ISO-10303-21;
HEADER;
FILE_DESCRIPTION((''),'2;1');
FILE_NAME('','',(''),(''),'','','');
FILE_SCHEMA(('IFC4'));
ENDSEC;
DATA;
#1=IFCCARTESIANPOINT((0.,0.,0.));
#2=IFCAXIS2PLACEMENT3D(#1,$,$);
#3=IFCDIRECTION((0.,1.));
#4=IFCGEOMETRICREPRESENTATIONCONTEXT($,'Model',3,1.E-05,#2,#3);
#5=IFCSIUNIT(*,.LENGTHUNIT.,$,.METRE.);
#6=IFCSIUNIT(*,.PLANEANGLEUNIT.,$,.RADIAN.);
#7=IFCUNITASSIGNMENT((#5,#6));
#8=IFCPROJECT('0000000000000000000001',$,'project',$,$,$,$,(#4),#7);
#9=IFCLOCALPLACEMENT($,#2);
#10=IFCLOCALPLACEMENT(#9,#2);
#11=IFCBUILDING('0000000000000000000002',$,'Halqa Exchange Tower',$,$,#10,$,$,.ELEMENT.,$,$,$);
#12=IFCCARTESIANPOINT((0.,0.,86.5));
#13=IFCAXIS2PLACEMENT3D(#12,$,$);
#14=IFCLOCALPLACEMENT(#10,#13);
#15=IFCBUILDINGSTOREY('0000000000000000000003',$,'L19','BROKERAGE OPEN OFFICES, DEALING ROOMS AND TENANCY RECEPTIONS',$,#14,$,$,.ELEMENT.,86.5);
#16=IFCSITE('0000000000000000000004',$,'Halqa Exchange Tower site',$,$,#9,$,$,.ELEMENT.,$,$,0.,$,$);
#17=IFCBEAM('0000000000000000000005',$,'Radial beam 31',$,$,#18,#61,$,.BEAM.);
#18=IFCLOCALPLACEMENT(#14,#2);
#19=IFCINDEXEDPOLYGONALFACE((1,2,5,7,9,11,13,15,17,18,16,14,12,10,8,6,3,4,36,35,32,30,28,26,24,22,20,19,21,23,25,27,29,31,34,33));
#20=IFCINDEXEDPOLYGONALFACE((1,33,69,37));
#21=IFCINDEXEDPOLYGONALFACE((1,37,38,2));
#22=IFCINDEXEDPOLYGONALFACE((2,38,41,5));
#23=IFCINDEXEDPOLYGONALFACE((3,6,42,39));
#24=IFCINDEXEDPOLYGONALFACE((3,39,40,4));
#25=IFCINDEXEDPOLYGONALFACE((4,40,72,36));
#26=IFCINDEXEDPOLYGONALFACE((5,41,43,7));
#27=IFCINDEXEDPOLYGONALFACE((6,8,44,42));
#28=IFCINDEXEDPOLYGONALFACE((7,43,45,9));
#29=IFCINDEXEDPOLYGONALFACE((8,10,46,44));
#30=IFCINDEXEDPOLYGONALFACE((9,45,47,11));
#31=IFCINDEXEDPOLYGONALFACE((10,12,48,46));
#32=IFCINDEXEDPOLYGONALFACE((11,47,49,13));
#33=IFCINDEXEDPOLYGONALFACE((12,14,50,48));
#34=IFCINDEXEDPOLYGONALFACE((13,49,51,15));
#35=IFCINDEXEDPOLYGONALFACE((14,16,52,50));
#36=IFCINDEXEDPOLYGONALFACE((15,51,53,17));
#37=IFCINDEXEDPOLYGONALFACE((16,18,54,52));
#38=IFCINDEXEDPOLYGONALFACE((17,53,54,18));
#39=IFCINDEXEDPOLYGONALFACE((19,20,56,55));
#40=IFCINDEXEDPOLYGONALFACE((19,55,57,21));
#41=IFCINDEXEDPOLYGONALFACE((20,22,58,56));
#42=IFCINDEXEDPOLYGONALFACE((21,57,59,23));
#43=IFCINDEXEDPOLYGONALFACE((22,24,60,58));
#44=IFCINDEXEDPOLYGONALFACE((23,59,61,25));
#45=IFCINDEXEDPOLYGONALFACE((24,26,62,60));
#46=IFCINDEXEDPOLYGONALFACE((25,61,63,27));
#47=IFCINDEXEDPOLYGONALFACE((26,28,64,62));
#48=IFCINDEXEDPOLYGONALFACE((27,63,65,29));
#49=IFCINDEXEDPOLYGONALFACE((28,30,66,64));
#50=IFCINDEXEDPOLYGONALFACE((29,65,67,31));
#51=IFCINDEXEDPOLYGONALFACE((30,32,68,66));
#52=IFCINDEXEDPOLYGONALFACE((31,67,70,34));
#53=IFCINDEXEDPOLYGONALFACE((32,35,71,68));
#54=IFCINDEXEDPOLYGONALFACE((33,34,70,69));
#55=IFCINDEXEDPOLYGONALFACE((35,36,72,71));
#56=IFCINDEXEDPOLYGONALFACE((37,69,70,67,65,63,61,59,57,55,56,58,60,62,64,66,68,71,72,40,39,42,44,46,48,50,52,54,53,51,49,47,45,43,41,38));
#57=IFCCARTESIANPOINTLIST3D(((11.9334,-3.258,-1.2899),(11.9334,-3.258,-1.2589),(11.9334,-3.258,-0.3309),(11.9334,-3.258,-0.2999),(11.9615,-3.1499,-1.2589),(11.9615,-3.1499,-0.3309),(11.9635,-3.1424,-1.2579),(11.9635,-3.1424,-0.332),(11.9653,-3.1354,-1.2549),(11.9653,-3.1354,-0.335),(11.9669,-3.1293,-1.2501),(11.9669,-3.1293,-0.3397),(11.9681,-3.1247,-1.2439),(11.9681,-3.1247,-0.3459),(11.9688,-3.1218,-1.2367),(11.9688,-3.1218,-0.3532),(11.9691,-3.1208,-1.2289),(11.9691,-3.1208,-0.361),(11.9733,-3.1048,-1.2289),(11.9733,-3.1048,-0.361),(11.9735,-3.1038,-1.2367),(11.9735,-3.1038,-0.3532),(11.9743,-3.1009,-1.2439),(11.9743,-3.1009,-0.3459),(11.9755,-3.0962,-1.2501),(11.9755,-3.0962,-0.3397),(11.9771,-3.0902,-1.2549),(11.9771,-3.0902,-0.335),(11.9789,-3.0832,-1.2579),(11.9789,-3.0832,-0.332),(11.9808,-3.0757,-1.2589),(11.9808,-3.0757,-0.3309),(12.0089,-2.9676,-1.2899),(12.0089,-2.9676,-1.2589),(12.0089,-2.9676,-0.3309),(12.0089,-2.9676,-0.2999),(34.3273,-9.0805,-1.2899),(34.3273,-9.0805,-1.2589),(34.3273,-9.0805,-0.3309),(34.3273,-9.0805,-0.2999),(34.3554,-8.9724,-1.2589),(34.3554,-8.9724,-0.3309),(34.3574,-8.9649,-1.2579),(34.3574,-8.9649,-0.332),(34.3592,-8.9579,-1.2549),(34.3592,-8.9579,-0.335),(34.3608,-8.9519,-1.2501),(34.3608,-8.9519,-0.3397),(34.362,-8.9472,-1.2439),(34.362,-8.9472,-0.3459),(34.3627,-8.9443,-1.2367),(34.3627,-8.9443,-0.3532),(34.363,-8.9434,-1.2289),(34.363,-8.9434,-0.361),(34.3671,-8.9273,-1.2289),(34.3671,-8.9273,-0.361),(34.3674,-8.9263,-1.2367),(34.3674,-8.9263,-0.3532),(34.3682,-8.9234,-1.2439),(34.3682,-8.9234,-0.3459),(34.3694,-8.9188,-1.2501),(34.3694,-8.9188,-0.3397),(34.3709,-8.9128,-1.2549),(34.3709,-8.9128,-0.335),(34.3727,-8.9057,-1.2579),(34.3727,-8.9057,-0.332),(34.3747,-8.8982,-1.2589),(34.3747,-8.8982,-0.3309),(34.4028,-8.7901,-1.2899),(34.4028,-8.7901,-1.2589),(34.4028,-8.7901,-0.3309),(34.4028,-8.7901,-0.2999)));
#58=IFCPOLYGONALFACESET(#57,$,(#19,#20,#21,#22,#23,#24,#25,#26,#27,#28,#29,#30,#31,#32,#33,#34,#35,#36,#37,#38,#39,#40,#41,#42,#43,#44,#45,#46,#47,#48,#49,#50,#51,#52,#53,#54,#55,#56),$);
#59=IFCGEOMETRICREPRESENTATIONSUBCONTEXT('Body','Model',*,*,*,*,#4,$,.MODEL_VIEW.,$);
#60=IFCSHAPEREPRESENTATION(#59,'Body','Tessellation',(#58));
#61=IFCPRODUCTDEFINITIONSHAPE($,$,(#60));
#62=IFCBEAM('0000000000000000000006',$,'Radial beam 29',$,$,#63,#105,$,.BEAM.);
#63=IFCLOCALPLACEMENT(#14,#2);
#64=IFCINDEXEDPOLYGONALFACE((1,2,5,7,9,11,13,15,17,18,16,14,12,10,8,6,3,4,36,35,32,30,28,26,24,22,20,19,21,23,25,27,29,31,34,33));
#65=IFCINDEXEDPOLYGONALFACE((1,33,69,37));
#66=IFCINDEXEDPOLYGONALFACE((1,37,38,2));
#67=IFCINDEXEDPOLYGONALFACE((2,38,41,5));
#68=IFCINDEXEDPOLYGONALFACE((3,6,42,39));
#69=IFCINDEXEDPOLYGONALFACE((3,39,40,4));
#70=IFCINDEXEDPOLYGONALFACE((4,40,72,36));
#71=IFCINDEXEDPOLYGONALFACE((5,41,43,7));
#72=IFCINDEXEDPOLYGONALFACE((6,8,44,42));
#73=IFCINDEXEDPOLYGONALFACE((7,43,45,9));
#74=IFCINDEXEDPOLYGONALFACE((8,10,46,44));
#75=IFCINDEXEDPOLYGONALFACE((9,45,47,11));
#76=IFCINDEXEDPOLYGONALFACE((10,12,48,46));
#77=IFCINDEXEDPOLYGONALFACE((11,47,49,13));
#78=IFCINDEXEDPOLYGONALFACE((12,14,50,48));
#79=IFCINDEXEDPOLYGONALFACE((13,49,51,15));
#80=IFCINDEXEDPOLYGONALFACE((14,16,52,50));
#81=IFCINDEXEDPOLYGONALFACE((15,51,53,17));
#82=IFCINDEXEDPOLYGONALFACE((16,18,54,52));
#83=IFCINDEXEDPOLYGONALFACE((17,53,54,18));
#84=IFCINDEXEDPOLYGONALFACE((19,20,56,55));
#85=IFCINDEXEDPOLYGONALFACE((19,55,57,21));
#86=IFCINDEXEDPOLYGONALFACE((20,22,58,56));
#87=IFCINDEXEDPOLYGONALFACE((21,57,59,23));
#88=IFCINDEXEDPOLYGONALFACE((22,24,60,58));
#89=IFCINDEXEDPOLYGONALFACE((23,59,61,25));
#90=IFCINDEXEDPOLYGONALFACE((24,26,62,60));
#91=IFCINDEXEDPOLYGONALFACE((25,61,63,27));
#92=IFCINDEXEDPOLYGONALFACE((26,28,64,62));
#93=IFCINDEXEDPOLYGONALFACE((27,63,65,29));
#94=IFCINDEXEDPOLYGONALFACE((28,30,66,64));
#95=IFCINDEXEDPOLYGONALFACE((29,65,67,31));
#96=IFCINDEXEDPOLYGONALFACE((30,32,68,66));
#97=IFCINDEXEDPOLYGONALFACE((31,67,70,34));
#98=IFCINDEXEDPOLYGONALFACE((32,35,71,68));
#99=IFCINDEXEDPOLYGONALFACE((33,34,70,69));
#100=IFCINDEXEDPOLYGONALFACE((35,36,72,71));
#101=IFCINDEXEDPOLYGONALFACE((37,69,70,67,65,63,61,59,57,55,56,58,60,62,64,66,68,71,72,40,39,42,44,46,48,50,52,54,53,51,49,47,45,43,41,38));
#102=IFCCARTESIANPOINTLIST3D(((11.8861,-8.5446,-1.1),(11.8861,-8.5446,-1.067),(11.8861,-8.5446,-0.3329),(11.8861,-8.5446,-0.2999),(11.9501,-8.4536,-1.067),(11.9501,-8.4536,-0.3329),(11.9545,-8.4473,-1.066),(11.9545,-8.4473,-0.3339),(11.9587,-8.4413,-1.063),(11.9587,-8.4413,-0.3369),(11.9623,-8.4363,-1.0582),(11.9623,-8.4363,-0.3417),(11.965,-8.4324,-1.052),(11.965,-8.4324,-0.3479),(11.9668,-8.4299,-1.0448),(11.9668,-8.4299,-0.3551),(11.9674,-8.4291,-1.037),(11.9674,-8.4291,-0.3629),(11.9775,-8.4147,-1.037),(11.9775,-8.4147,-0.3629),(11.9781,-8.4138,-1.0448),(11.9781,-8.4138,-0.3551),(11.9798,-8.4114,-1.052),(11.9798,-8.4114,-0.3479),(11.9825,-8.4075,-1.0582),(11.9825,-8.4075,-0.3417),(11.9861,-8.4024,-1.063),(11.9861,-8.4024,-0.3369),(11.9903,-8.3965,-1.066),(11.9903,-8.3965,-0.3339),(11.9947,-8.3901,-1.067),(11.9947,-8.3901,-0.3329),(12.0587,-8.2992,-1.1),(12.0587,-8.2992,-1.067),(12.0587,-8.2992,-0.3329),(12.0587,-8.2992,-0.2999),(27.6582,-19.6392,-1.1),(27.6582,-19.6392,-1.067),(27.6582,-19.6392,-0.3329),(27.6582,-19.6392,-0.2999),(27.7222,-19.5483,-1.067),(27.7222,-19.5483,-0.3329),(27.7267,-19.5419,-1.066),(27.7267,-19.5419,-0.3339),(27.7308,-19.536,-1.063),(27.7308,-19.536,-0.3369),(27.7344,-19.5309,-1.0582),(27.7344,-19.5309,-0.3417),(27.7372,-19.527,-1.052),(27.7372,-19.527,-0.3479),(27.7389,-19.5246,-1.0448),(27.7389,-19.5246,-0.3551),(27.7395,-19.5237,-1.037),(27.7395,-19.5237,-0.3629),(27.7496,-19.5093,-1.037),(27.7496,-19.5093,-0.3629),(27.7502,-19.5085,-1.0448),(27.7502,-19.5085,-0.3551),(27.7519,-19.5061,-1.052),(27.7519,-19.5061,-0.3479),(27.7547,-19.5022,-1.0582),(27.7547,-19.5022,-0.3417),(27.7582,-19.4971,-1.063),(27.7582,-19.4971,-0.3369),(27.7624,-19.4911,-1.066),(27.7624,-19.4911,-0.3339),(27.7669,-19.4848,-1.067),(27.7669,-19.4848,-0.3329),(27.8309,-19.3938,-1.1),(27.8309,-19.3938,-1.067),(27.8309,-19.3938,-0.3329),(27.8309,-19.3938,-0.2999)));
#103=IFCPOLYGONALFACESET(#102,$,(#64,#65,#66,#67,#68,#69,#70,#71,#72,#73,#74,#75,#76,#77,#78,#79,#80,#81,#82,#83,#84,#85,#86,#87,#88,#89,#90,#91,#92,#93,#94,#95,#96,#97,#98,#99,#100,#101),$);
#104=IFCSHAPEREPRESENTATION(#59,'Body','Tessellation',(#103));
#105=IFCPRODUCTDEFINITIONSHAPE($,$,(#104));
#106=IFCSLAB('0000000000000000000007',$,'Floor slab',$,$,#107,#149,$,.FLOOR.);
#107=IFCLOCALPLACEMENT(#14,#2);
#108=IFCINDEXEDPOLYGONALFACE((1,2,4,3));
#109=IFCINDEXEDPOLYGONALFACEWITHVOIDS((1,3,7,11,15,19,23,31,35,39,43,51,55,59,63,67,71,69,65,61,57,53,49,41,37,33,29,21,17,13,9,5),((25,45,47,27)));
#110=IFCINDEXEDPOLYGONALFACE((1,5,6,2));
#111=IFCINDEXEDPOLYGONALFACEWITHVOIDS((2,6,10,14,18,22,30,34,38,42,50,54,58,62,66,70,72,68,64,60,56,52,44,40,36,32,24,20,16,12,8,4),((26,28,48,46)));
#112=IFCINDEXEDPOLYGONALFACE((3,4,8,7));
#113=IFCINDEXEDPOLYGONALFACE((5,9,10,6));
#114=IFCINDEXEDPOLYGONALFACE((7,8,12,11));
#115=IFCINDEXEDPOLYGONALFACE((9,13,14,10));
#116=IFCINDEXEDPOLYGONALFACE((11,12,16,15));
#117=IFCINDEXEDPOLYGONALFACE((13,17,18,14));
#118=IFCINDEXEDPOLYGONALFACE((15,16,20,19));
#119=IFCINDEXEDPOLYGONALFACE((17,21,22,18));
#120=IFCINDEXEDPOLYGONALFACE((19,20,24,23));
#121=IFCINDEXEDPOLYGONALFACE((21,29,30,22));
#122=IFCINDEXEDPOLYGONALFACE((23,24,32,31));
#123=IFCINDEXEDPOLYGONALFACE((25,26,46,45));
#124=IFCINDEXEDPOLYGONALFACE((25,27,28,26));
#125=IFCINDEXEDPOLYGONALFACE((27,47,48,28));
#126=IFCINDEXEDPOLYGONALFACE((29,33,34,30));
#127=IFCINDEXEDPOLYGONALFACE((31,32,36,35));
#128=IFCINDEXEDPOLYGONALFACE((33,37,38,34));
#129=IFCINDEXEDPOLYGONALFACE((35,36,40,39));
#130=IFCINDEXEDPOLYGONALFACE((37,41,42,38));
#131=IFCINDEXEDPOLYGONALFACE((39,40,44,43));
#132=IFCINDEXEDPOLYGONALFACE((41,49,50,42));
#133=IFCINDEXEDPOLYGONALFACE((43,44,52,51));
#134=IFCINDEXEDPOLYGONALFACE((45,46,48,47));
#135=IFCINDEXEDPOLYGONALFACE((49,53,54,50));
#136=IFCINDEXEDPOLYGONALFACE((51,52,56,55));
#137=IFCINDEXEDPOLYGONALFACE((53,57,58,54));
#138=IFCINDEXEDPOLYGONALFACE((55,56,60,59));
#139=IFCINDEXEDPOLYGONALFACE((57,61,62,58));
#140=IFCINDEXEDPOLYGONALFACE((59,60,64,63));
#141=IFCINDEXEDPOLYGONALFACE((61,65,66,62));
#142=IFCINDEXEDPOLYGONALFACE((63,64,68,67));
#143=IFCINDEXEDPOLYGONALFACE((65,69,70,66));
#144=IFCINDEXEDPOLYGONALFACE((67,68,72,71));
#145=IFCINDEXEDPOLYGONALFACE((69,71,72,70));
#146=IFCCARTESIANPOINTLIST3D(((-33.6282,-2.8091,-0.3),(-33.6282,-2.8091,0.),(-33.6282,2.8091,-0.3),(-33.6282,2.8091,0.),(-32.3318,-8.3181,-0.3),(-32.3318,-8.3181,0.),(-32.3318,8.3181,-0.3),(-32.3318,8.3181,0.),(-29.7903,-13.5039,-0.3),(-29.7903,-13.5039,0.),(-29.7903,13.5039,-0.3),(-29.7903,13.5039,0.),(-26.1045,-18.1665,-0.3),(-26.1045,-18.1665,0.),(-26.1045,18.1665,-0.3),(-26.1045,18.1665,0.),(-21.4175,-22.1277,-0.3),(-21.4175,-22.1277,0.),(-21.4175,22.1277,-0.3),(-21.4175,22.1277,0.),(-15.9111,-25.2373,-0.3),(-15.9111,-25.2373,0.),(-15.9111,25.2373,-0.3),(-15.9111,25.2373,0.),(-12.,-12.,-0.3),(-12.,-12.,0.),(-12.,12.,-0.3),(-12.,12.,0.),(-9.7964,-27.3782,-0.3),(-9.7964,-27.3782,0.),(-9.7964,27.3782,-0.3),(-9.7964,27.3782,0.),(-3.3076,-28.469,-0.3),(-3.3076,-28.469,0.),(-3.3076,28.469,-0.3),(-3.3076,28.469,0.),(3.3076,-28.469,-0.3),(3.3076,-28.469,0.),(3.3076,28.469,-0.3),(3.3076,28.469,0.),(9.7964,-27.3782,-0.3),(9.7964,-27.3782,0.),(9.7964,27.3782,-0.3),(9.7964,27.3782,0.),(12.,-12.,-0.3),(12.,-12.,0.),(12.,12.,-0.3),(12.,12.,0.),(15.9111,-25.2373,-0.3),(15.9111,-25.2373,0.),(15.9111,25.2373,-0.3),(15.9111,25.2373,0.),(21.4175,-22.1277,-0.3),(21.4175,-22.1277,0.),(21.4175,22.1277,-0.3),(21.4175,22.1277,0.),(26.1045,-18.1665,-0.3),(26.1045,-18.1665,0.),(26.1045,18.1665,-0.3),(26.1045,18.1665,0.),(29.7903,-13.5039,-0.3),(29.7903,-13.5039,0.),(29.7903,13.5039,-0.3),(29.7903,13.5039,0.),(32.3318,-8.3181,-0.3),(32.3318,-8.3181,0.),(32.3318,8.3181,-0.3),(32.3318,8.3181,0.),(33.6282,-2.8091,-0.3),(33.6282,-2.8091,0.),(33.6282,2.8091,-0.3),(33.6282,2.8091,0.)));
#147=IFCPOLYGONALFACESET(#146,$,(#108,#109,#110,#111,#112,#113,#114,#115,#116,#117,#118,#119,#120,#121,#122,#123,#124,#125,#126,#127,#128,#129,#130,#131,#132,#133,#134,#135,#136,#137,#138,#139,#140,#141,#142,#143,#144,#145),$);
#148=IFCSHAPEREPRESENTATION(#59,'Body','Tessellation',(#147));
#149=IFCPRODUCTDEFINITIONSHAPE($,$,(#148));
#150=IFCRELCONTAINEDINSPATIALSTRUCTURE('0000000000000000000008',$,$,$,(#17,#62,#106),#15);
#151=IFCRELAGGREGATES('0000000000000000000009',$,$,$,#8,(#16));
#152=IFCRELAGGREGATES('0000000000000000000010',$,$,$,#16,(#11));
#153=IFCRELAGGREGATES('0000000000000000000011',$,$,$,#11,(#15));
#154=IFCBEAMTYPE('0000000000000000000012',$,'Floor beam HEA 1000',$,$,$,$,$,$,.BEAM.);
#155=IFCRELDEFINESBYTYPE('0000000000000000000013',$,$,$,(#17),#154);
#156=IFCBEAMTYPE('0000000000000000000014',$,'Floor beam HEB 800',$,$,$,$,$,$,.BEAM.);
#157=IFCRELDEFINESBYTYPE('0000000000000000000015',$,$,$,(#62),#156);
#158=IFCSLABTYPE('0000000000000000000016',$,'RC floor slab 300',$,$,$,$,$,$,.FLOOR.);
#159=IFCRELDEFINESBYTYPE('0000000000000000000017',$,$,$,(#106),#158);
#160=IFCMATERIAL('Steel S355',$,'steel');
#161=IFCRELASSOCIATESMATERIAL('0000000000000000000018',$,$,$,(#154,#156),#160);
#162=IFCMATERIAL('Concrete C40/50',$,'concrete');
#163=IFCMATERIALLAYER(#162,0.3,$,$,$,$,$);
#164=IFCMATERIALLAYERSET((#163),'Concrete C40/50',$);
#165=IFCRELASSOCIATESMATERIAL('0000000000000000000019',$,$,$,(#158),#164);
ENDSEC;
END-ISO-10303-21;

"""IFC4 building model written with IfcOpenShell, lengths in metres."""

from ifc_helpers import new_model, si_unit, direction, frame, origin, origin_2d, place, context, subcontext, project, spatial, polyline, i_section, outline, extrude, material, layer, layer_set, material_profile, profile_set, type_object, element, save


model = new_model("IFC4")

# Units and contexts
model_context = context("Model", 3, precision=1e-05, world=origin(), true_north=direction((0.0, 1.0)))
body_context = subcontext(model_context, "Body", "Model", "MODEL_VIEW")
ifc_project = project(units=[si_unit("LENGTHUNIT", "METRE"), si_unit("PLANEANGLEUNIT", "RADIAN")], contexts=[model_context])

# Site, building, storey
site_placement = place(None, origin())
site = spatial("IfcSite", under=ifc_project, at=site_placement, Name="Halqa Exchange Tower site", CompositionType="ELEMENT", RefElevation=0.0)
building_placement = place(site_placement, origin())
building = spatial("IfcBuilding", under=site, at=building_placement, Name="Halqa Exchange Tower", CompositionType="ELEMENT")
storey_placement = place(building_placement, frame((0.0, 0.0, 86.5)))
storey = spatial("IfcBuildingStorey", under=building, at=storey_placement, Name="L19", Description="BROKERAGE OPEN OFFICES, DEALING ROOMS AND TENANCY RECEPTIONS", CompositionType="ELEMENT", Elevation=86.5)

# Beams
ifc_material_1 = material(Name="Steel S355", Category="steel")
ifc_material_profile_1 = material_profile(ifc_material_1, i_section(OverallWidth=0.3, OverallDepth=0.99, WebThickness=0.0166, FlangeThickness=0.031, FilletRadius=0.03, at=origin_2d()), Name="HEA 1000")
ifc_profile_set_1 = profile_set([ifc_material_profile_1], Name="Steel S355")
beam_type_1 = type_object("IfcBeamType", Name="Floor beam HEA 1000", PredefinedType="BEAM", material=ifc_profile_set_1)
beam_1_placement = place(storey_placement, frame((11.9712, -3.1128, -0.7949), z_axis=(0.967821, -0.251639, 0.0), x_axis=(0.251639, 0.967821, 0.0)))
element("IfcBeam", 1, at=beam_1_placement, inside=storey, type_object=beam_type_1, Name="Radial beam 31", PredefinedType="BEAM", context=body_context, shape_type="SweptSolid", body=[
    extrude(i_section(OverallWidth=0.3, OverallDepth=0.99, WebThickness=0.0166, FlangeThickness=0.031, FilletRadius=0.03, at=origin_2d()), origin(), (0.0, 0.0, 1.0), 23.1384),
])
ifc_material_profile_2 = material_profile(ifc_material_1, i_section(OverallWidth=0.3, OverallDepth=0.8, WebThickness=0.0176, FlangeThickness=0.033, FilletRadius=0.03, at=origin_2d()), Name="HEB 800")
ifc_profile_set_2 = profile_set([ifc_material_profile_2], Name="Steel S355")
beam_type_2 = type_object("IfcBeamType", Name="Floor beam HEB 800", PredefinedType="BEAM", material=ifc_profile_set_2)
beam_2_placement = place(storey_placement, frame((11.9724, -8.4219, -0.7), z_axis=(0.81791, -0.575346, 0.0), x_axis=(0.575346, 0.81791, 0.0)))
element("IfcBeam", 2, at=beam_2_placement, inside=storey, type_object=beam_type_2, Name="Radial beam 29", PredefinedType="BEAM", context=body_context, shape_type="SweptSolid", body=[
    extrude(i_section(OverallWidth=0.3, OverallDepth=0.8, WebThickness=0.0176, FlangeThickness=0.033, FilletRadius=0.03, at=origin_2d()), origin(), (0.0, 0.0, 1.0), 19.2834),
])

# Slab
ifc_material_2 = material(Name="Concrete C40/50", Category="concrete")
ifc_layer_1 = layer(ifc_material_2, 0.3)
ifc_layer_set_1 = layer_set([ifc_layer_1], Name="Concrete C40/50")
slab_type_1 = type_object("IfcSlabType", Name="RC floor slab 300", PredefinedType="FLOOR", material=ifc_layer_set_1)
slab_1_placement = place(storey_placement, frame((0.0, 0.0, -0.3)))
element("IfcSlab", 3, at=slab_1_placement, inside=storey, type_object=slab_type_1, Name="Floor slab", PredefinedType="FLOOR", context=body_context, shape_type="SweptSolid", body=[
    extrude(outline(polyline([(33.6282, 2.8091), (32.3318, 8.3181), (29.7903, 13.5039), (26.1045, 18.1665), (21.4175, 22.1277), (15.9111, 25.2373), (9.7964, 27.3782), (3.3076, 28.469), (-3.3076, 28.469), (-9.7964, 27.3782), (-15.9111, 25.2373), (-21.4175, 22.1277), (-26.1045, 18.1665), (-29.7903, 13.5039), (-32.3318, 8.3181), (-33.6282, 2.8091), (-33.6282, -2.8091), (-32.3318, -8.3181), (-29.7903, -13.5039), (-26.1045, -18.1665), (-21.4175, -22.1277), (-15.9111, -25.2373), (-9.7964, -27.3782), (-3.3076, -28.469), (3.3076, -28.469), (9.7964, -27.3782), (15.9111, -25.2373), (21.4175, -22.1277), (26.1045, -18.1665), (29.7903, -13.5039), (32.3318, -8.3181), (33.6282, -2.8091), (33.6282, 2.8091)]), holes=[polyline([(-12.0, -12.0), (12.0, -12.0), (12.0, 12.0), (-12.0, 12.0), (-12.0, -12.0)])]), origin(), (0.0, 0.0, 1.0), 0.3),
])

save(model, "model.ifc")
